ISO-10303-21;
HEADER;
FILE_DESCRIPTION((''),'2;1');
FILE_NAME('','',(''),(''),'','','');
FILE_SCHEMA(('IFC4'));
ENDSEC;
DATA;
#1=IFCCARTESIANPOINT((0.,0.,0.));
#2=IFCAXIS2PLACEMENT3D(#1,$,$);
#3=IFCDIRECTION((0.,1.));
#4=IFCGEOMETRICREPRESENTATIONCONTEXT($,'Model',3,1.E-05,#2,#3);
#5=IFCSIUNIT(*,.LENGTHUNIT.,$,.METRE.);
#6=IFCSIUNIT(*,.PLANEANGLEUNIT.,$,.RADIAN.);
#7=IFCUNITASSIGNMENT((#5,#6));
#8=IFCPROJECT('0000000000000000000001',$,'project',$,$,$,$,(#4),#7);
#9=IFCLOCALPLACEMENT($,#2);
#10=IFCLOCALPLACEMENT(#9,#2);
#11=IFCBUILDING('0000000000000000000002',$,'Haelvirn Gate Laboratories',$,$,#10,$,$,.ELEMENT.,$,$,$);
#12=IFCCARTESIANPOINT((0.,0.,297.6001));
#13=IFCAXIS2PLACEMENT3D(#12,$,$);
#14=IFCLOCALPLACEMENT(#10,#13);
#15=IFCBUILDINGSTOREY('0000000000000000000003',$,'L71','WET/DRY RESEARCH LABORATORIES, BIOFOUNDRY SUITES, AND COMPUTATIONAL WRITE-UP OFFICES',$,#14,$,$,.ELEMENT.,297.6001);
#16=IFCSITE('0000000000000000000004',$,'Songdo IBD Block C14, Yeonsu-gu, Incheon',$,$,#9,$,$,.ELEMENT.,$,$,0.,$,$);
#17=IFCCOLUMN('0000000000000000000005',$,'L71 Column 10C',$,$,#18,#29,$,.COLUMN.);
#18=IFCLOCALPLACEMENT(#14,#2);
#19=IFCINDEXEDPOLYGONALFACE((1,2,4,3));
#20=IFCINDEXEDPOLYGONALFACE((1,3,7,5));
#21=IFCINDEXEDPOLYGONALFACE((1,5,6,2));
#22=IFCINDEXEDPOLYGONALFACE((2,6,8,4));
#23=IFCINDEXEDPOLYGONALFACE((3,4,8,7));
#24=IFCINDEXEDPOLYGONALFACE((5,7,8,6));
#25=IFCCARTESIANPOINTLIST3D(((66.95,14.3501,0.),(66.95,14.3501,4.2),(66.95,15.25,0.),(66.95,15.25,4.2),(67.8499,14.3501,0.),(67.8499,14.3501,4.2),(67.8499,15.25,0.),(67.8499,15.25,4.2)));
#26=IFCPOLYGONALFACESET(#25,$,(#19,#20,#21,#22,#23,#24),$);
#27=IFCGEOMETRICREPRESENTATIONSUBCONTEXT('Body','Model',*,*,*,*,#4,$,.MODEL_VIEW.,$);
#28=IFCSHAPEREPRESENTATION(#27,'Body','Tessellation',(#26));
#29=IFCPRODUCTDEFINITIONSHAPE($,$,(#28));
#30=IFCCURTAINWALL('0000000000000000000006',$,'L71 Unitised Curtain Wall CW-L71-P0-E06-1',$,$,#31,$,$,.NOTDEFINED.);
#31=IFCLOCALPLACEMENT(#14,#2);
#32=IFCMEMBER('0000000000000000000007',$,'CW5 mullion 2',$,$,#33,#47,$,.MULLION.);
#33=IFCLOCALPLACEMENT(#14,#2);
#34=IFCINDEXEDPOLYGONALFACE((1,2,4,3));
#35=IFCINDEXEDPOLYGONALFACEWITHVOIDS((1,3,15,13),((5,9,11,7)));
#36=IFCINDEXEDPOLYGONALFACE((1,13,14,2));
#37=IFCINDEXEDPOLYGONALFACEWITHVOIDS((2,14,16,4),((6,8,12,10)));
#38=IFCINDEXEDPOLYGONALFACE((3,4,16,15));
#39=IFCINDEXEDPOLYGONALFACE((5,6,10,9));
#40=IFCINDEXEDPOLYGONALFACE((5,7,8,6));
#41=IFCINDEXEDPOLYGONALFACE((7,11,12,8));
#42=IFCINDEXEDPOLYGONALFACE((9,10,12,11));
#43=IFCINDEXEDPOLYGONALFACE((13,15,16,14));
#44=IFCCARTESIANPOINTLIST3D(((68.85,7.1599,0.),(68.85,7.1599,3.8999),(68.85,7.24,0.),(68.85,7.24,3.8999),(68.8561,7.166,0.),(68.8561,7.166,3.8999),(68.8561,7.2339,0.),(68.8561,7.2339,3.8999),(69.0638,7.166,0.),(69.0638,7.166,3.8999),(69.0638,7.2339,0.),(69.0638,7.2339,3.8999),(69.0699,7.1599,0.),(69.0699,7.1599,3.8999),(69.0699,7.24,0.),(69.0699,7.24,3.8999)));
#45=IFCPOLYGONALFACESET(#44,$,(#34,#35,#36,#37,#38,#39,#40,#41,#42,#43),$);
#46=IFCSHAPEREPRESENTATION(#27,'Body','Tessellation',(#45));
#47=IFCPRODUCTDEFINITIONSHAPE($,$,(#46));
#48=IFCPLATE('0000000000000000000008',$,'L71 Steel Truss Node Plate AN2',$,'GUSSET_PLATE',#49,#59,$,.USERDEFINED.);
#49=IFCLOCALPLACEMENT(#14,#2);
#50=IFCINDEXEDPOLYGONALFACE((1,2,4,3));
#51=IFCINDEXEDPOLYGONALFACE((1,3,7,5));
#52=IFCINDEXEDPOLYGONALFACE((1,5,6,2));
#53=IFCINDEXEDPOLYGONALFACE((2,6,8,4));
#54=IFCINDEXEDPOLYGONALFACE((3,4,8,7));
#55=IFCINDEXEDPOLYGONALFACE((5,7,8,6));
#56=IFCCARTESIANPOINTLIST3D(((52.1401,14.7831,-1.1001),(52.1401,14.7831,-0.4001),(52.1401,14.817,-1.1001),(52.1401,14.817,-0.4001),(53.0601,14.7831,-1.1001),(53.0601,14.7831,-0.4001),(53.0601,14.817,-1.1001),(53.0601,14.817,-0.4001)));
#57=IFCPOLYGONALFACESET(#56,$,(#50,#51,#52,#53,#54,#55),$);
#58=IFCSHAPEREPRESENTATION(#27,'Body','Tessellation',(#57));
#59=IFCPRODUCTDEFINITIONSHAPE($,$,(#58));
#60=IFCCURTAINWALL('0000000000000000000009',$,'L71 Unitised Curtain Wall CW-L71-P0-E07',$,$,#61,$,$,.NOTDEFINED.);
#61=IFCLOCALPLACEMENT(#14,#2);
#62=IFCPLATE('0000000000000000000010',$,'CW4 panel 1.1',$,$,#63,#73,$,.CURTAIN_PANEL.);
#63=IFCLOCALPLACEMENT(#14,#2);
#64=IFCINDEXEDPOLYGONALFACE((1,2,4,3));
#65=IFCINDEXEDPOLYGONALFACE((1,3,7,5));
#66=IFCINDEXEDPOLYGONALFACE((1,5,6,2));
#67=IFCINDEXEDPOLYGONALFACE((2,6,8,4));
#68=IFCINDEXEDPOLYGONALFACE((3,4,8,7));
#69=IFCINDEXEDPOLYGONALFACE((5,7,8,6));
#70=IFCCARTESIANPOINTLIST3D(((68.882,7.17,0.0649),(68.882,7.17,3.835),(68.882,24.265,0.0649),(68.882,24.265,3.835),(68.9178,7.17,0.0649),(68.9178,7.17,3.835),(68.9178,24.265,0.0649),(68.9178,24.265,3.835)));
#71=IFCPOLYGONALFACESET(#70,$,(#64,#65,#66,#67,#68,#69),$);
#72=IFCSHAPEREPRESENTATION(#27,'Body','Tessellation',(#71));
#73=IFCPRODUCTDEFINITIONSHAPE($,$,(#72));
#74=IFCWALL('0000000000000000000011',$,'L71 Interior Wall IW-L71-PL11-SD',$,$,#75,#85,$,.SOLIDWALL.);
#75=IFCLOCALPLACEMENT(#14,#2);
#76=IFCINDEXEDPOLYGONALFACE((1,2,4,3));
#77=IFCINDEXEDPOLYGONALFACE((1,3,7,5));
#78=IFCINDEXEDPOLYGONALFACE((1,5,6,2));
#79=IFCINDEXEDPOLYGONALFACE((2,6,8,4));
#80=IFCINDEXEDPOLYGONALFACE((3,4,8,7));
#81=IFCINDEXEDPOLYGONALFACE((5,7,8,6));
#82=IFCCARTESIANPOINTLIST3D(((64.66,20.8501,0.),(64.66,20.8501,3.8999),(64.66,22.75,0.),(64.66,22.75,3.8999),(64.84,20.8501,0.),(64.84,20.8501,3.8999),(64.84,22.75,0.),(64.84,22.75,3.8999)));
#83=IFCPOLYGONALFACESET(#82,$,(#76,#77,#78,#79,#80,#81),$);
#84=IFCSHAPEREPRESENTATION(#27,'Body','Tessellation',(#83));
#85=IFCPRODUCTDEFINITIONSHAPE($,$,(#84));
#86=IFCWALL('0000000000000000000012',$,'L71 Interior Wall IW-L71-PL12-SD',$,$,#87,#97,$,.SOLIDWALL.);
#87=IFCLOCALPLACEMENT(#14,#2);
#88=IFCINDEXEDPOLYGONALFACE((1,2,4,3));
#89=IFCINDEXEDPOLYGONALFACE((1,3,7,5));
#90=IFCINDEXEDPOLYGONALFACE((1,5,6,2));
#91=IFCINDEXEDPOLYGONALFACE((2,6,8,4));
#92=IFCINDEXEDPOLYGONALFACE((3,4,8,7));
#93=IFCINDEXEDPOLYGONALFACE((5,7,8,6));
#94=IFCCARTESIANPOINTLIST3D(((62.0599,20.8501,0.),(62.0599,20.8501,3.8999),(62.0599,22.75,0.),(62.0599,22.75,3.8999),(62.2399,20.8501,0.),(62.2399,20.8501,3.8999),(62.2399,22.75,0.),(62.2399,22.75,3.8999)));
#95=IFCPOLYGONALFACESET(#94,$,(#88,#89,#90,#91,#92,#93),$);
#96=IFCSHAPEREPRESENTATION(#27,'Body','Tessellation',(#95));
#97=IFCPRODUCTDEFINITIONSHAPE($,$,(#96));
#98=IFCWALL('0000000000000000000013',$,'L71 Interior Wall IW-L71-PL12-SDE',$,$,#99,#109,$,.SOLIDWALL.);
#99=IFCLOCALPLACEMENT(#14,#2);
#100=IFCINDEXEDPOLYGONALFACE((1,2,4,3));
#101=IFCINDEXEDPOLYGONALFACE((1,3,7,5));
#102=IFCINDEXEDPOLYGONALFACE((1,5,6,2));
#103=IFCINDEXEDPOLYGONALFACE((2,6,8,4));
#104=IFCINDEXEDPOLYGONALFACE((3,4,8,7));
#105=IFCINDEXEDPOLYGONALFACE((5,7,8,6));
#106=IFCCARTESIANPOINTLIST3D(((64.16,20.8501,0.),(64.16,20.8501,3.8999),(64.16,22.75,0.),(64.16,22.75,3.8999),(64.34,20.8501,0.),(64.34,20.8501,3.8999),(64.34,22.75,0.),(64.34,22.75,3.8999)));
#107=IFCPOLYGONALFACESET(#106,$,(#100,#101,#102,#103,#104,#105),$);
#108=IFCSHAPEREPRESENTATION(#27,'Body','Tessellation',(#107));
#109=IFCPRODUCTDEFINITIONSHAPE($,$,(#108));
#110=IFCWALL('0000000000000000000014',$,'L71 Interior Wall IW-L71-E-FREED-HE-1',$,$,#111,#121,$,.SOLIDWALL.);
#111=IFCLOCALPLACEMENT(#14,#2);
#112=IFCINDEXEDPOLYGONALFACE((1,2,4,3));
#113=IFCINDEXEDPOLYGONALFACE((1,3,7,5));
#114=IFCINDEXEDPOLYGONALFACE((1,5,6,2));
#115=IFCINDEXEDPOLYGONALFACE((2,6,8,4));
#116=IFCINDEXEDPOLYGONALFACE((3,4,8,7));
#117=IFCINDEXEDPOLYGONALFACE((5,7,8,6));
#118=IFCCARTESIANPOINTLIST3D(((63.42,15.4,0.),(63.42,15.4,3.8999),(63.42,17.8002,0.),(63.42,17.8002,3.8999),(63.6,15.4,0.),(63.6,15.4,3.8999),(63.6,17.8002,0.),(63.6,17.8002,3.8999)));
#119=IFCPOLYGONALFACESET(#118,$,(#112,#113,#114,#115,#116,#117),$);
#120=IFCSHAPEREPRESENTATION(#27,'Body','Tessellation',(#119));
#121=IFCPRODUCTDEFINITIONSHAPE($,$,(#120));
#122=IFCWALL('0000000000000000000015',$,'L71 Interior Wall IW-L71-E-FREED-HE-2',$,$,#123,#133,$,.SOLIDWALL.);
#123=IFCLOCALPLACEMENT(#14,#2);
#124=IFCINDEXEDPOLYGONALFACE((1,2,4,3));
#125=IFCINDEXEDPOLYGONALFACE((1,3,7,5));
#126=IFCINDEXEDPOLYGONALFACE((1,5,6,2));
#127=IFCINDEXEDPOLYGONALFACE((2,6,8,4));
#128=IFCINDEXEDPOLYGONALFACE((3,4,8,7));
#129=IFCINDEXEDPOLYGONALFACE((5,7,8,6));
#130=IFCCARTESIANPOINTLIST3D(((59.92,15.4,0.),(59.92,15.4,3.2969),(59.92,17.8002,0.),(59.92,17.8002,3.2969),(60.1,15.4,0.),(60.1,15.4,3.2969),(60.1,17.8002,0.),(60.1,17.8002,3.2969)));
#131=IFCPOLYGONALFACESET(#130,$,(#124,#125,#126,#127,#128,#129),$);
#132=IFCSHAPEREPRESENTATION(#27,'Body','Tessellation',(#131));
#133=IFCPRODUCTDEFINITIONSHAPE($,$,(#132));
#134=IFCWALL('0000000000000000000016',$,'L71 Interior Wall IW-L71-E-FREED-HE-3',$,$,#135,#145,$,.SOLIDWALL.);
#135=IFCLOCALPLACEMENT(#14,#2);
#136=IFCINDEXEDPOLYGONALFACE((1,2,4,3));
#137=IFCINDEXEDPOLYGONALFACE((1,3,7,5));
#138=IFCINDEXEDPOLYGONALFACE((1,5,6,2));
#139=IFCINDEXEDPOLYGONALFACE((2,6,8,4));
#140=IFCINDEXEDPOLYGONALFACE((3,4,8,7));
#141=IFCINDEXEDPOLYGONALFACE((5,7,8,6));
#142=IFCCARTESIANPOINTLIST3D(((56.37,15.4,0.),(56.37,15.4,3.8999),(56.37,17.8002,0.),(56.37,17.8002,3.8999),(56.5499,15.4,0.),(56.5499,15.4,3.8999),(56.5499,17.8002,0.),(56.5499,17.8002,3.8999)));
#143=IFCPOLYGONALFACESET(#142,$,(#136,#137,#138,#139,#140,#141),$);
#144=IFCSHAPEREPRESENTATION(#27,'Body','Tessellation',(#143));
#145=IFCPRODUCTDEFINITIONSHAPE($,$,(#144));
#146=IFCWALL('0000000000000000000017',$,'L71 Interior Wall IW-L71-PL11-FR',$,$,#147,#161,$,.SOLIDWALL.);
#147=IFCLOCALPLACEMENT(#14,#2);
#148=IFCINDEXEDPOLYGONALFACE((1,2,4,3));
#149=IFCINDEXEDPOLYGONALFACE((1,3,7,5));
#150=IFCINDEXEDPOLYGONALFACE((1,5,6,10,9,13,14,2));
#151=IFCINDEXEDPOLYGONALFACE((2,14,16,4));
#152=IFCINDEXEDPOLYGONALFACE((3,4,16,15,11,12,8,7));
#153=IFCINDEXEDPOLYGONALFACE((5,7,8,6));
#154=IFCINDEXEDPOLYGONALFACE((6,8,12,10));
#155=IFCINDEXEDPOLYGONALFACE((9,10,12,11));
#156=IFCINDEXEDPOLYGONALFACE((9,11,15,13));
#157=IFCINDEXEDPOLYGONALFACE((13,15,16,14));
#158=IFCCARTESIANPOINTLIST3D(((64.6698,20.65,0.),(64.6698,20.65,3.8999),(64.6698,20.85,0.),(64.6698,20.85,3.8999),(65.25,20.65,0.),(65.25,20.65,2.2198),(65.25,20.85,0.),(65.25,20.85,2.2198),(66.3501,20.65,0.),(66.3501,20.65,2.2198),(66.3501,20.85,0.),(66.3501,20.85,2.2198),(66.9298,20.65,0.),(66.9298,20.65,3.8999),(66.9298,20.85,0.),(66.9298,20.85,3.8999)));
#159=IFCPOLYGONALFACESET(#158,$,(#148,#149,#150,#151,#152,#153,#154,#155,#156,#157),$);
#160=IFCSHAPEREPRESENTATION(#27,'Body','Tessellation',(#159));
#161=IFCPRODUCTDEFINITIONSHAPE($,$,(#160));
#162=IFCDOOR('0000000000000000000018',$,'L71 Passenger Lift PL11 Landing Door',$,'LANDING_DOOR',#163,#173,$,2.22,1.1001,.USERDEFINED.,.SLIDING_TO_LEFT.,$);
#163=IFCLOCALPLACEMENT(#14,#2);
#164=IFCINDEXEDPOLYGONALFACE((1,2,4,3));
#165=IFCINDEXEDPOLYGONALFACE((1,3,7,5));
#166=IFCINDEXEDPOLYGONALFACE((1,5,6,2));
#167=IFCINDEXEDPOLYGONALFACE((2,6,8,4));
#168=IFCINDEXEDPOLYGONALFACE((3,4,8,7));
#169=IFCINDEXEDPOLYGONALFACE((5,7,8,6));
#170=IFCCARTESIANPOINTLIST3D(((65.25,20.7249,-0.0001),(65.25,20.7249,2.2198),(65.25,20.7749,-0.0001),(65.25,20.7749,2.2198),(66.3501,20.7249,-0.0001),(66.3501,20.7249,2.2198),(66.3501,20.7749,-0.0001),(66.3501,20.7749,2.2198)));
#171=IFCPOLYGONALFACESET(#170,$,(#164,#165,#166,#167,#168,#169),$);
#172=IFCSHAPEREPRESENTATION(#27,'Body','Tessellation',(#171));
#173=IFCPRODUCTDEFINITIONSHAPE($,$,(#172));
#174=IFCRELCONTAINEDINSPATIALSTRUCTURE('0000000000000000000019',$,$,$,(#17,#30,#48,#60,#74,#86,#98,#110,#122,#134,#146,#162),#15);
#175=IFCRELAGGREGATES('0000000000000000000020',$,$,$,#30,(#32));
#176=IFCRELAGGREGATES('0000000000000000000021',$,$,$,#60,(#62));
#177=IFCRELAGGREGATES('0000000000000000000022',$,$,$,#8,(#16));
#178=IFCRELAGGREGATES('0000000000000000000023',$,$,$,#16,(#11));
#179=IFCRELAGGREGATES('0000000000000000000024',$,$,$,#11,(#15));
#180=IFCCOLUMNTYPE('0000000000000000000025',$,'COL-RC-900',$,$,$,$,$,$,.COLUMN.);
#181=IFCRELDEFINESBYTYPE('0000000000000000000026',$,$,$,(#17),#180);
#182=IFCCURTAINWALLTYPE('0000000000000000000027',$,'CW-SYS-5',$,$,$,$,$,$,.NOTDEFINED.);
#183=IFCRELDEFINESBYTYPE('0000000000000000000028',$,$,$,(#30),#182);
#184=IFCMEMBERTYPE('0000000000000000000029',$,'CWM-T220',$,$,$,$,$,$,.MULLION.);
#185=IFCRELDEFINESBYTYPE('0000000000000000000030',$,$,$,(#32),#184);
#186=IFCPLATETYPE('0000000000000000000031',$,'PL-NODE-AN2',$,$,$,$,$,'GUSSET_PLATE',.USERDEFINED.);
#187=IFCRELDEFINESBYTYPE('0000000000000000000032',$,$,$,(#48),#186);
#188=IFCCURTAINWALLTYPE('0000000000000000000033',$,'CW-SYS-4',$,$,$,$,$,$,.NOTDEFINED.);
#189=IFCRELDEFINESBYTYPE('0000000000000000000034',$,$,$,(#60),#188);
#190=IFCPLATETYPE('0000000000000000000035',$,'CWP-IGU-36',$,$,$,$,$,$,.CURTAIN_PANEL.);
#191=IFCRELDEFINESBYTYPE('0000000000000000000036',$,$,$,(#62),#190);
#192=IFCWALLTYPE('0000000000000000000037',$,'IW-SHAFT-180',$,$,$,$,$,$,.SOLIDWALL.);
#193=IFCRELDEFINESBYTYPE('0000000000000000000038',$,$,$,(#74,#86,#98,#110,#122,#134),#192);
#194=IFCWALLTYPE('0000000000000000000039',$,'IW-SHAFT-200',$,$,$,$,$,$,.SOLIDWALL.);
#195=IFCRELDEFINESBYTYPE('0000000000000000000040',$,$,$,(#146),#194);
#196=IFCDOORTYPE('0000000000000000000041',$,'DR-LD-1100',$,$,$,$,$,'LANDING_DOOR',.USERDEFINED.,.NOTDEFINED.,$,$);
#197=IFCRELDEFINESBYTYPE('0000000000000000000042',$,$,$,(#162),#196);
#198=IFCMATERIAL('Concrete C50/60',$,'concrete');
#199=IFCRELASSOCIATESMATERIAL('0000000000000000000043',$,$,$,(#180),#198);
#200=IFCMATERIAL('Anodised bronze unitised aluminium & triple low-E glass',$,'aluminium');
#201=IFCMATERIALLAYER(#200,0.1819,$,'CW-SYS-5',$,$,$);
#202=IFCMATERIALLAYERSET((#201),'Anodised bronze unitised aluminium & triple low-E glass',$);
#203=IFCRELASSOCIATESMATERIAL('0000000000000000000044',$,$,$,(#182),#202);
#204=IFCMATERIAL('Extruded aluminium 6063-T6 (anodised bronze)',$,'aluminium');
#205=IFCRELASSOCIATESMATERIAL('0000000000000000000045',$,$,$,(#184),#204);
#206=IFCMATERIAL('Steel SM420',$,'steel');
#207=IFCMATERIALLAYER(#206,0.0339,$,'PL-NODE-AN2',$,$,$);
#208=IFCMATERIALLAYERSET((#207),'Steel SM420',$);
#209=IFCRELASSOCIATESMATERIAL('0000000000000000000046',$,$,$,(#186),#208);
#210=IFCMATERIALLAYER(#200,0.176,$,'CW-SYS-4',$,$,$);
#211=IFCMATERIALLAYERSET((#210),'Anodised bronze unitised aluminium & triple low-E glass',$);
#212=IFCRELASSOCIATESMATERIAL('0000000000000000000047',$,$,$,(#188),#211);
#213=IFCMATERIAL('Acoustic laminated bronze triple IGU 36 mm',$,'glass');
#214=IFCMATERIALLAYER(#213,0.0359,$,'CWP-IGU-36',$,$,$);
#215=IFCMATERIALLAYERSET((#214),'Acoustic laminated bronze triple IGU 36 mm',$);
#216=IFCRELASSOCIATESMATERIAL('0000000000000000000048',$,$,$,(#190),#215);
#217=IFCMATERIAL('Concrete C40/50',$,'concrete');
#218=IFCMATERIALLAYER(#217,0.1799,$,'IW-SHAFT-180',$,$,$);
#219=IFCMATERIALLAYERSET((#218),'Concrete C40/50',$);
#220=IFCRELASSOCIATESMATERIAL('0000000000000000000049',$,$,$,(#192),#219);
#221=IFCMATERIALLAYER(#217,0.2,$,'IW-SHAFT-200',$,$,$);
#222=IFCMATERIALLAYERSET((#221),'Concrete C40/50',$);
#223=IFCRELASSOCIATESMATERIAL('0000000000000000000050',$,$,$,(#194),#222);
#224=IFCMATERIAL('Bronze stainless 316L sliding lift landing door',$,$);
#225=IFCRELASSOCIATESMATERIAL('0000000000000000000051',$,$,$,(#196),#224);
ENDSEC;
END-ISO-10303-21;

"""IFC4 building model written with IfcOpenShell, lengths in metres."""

from ifc_helpers import new_model, si_unit, direction, frame, frame_2d, origin, origin_2d, place, context, subcontext, project, spatial, rectangle, hollow_rectangle, extrude, source, transform, mapped, material, layer, layer_set, material_profile, profile_set, type_object, type_shapes, element, fill, aggregate, save


model = new_model("IFC4")

# Units and contexts
model_context = context("Model", 3, precision=1e-05, world=origin(), true_north=direction((0.0, 1.0)))
body_context = subcontext(model_context, "Body", "Model", "MODEL_VIEW")
ifc_project = project(units=[si_unit("LENGTHUNIT", "METRE"), si_unit("PLANEANGLEUNIT", "RADIAN")], contexts=[model_context])

# Site, building, storey
site_placement = place(None, origin())
site = spatial("IfcSite", under=ifc_project, at=site_placement, Name="Songdo IBD Block C14, Yeonsu-gu, Incheon", CompositionType="ELEMENT", RefElevation=0.0)
building_placement = place(site_placement, origin())
building = spatial("IfcBuilding", under=site, at=building_placement, Name="Haelvirn Gate Laboratories", CompositionType="ELEMENT")
storey_placement = place(building_placement, frame((0.0, 0.0, 297.6001)))
storey = spatial("IfcBuildingStorey", under=building, at=storey_placement, Name="L71", Description="WET/DRY RESEARCH LABORATORIES, BIOFOUNDRY SUITES, AND COMPUTATIONAL WRITE-UP OFFICES", CompositionType="ELEMENT", Elevation=297.6001)

# Column
ifc_material_1 = material(Name="Concrete C50/60", Category="concrete")
ifc_material_profile_1 = material_profile(ifc_material_1, rectangle(XDim=0.8999, YDim=0.8999, at=origin_2d()), Name="RC-900x900")
ifc_profile_set_1 = profile_set([ifc_material_profile_1], Name="Concrete C50/60")
column_type = type_object("IfcColumnType", Name="COL-RC-900", PredefinedType="COLUMN", material=ifc_profile_set_1)
shared_shape_1 = source(origin(), body_context, "Body", "SweptSolid", [
    extrude(rectangle(XDim=0.8999, YDim=0.8999, at=origin_2d()), origin(), (0.0, 0.0, 1.0), 4.2),
])
type_shapes(column_type, [shared_shape_1])
column_placement = place(storey_placement, frame((67.3999, 14.8, 0.0), z_axis=(0.0, 0.0, 1.0), x_axis=(1.0, 0.0, 0.0)))
element("IfcColumn", 1, at=column_placement, inside=storey, type_object=column_type, Name="L71 Column 10C", PredefinedType="COLUMN", context=body_context, shape_type="MappedRepresentation", body=[
    mapped(shared_shape_1, transform((0.0, 0.0, 0.0), scale=1.0)),
])

# Curtain wall, member
ifc_material_2 = material(Name="Anodised bronze unitised aluminium & triple low-E glass", Category="aluminium")
ifc_layer_1 = layer(ifc_material_2, 0.1819, Name="CW-SYS-5")
ifc_layer_set_1 = layer_set([ifc_layer_1], Name="Anodised bronze unitised aluminium & triple low-E glass")
curtain_wall_type_1 = type_object("IfcCurtainWallType", Name="CW-SYS-5", PredefinedType="NOTDEFINED", material=ifc_layer_set_1)
curtain_wall_1_placement = place(storey_placement, origin())
curtain_wall_1 = element("IfcCurtainWall", 2, at=curtain_wall_1_placement, inside=storey, type_object=curtain_wall_type_1, Name="L71 Unitised Curtain Wall CW-L71-P0-E06-1", PredefinedType="NOTDEFINED")
ifc_material_3 = material(Name="Extruded aluminium 6063-T6 (anodised bronze)", Category="aluminium")
ifc_material_profile_2 = material_profile(ifc_material_3, hollow_rectangle(XDim=0.0801, YDim=0.22, WallThickness=0.0061, at=origin_2d()), Name="CWM-220x80x6")
ifc_profile_set_2 = profile_set([ifc_material_profile_2], Name="Extruded aluminium 6063-T6 (anodised bronze)")
member_type = type_object("IfcMemberType", Name="CWM-T220", PredefinedType="MULLION", material=ifc_profile_set_2)
shared_shape_2 = source(origin(), body_context, "Body", "SweptSolid", [
    extrude(hollow_rectangle(XDim=0.0801, YDim=0.22, WallThickness=0.0061, at=origin_2d()), origin(), (0.0, 0.0, 1.0), 3.8999),
])
type_shapes(member_type, [shared_shape_2])
member_placement = place(storey_placement, frame((68.96, 7.2, 0.0), z_axis=(0.0, 0.0, 1.0), x_axis=(0.0, 1.0, 0.0)))
member = element("IfcMember", 3, at=member_placement, type_object=member_type, Name="CW5 mullion 2", PredefinedType="MULLION", context=body_context, shape_type="MappedRepresentation", body=[
    mapped(shared_shape_2, transform((0.0, 0.0, 0.0), scale=1.0)),
])
aggregate(curtain_wall_1, [member])

# Plate
ifc_material_4 = material(Name="Steel SM420", Category="steel")
ifc_layer_2 = layer(ifc_material_4, 0.0339, Name="PL-NODE-AN2")
ifc_layer_set_2 = layer_set([ifc_layer_2], Name="Steel SM420")
plate_type_1 = type_object("IfcPlateType", Name="PL-NODE-AN2", ElementType="GUSSET_PLATE", PredefinedType="USERDEFINED", material=ifc_layer_set_2)
shared_shape_3 = source(origin(), body_context, "Body", "SweptSolid", [
    extrude(rectangle(XDim=0.9199, YDim=0.0339, at=origin_2d()), origin(), (0.0, 0.0, 1.0), 0.7),
])
type_shapes(plate_type_1, [shared_shape_3])
plate_1_placement = place(storey_placement, frame((52.6001, 14.8, -1.1001), z_axis=(0.0, 0.0, 1.0), x_axis=(1.0, 0.0, 0.0)))
element("IfcPlate", 4, at=plate_1_placement, inside=storey, type_object=plate_type_1, Name="L71 Steel Truss Node Plate AN2", ObjectType="GUSSET_PLATE", PredefinedType="USERDEFINED", context=body_context, shape_type="MappedRepresentation", body=[
    mapped(shared_shape_3, transform((0.0, 0.0, 0.0), scale=1.0)),
])

# Curtain wall, plate
ifc_layer_3 = layer(ifc_material_2, 0.176, Name="CW-SYS-4")
ifc_layer_set_3 = layer_set([ifc_layer_3], Name="Anodised bronze unitised aluminium & triple low-E glass")
curtain_wall_type_2 = type_object("IfcCurtainWallType", Name="CW-SYS-4", PredefinedType="NOTDEFINED", material=ifc_layer_set_3)
curtain_wall_2_placement = place(storey_placement, origin())
curtain_wall_2 = element("IfcCurtainWall", 5, at=curtain_wall_2_placement, inside=storey, type_object=curtain_wall_type_2, Name="L71 Unitised Curtain Wall CW-L71-P0-E07", PredefinedType="NOTDEFINED")
ifc_material_5 = material(Name="Acoustic laminated bronze triple IGU 36 mm", Category="glass")
ifc_layer_4 = layer(ifc_material_5, 0.0359, Name="CWP-IGU-36")
ifc_layer_set_4 = layer_set([ifc_layer_4], Name="Acoustic laminated bronze triple IGU 36 mm")
plate_type_2 = type_object("IfcPlateType", Name="CWP-IGU-36", PredefinedType="CURTAIN_PANEL", material=ifc_layer_set_4)
shared_shape_4 = source(origin(), body_context, "Body", "SweptSolid", [
    extrude(rectangle(XDim=17.095, YDim=0.0359, at=origin_2d()), origin(), (0.0, 0.0, 1.0), 3.77),
])
type_shapes(plate_type_2, [shared_shape_4])
plate_2_placement = place(storey_placement, frame((68.8999, 15.7175, 0.0649), z_axis=(0.0, 0.0, 1.0), x_axis=(0.0, 1.0, 0.0)))
plate_2 = element("IfcPlate", 6, at=plate_2_placement, type_object=plate_type_2, Name="CW4 panel 1.1", PredefinedType="CURTAIN_PANEL", context=body_context, shape_type="MappedRepresentation", body=[
    mapped(shared_shape_4, transform((0.0, 0.0, 0.0), scale=1.0)),
])
aggregate(curtain_wall_2, [plate_2])

# Walls
ifc_material_6 = material(Name="Concrete C40/50", Category="concrete")
ifc_layer_5 = layer(ifc_material_6, 0.1799, Name="IW-SHAFT-180")
ifc_layer_set_5 = layer_set([ifc_layer_5], Name="Concrete C40/50")
wall_type_1 = type_object("IfcWallType", Name="IW-SHAFT-180", PredefinedType="SOLIDWALL", material=ifc_layer_set_5)
for number, where, z_axis, x_axis, name in (
    (7, (64.75, 20.8501, 0.0), (0.0, 0.0, 1.0), (0.0, 1.0, 0.0), "L71 Interior Wall IW-L71-PL11-SD"),
    (8, (62.1499, 20.8501, 0.0), (0.0, 0.0, 1.0), (0.0, 1.0, 0.0), "L71 Interior Wall IW-L71-PL12-SD"),
    (9, (64.25, 20.8501, 0.0), (0.0, 0.0, 1.0), (0.0, 1.0, 0.0), "L71 Interior Wall IW-L71-PL12-SDE"),
):
    element("IfcWall", number, at=place(storey_placement, frame(where, z_axis=z_axis, x_axis=x_axis)), inside=storey, type_object=wall_type_1, Name=name, PredefinedType="SOLIDWALL", context=body_context, shape_type="SweptSolid", body=[
        extrude(rectangle(XDim=1.8999, YDim=0.1799, at=frame_2d((0.95, 0.0))), origin(), (0.0, 0.0, 1.0), 3.8999),
    ])

# Wall
wall_1_placement = place(storey_placement, frame((63.51, 15.3999, 0.0), z_axis=(0.0, 0.0, 1.0), x_axis=(0.0, 1.0, 0.0)))
element("IfcWall", 10, at=wall_1_placement, inside=storey, type_object=wall_type_1, Name="L71 Interior Wall IW-L71-E-FREED-HE-1", PredefinedType="SOLIDWALL", context=body_context, shape_type="SweptSolid", body=[
    extrude(rectangle(XDim=2.4001, YDim=0.1799, at=frame_2d((1.2002, 0.0))), origin(), (0.0, 0.0, 1.0), 3.8999),
])

# Wall
wall_2_placement = place(storey_placement, frame((60.01, 15.3999, 0.0), z_axis=(0.0, 0.0, 1.0), x_axis=(0.0, 1.0, 0.0)))
element("IfcWall", 11, at=wall_2_placement, inside=storey, type_object=wall_type_1, Name="L71 Interior Wall IW-L71-E-FREED-HE-2", PredefinedType="SOLIDWALL", context=body_context, shape_type="SweptSolid", body=[
    extrude(rectangle(XDim=2.4001, YDim=0.1799, at=frame_2d((1.2002, 0.0))), origin(), (0.0, 0.0, 1.0), 3.2969),
])

# Wall
wall_3_placement = place(storey_placement, frame((56.46, 15.3999, 0.0), z_axis=(0.0, 0.0, 1.0), x_axis=(0.0, 1.0, 0.0)))
element("IfcWall", 12, at=wall_3_placement, inside=storey, type_object=wall_type_1, Name="L71 Interior Wall IW-L71-E-FREED-HE-3", PredefinedType="SOLIDWALL", context=body_context, shape_type="SweptSolid", body=[
    extrude(rectangle(XDim=2.4001, YDim=0.1799, at=frame_2d((1.2002, 0.0))), origin(), (0.0, 0.0, 1.0), 3.8999),
])

# Wall, opening, door
ifc_layer_6 = layer(ifc_material_6, 0.2, Name="IW-SHAFT-200")
ifc_layer_set_6 = layer_set([ifc_layer_6], Name="Concrete C40/50")
wall_type_2 = type_object("IfcWallType", Name="IW-SHAFT-200", PredefinedType="SOLIDWALL", material=ifc_layer_set_6)
wall_4_placement = place(storey_placement, frame((64.6699, 20.75, 0.0), z_axis=(0.0, 0.0, 1.0), x_axis=(1.0, 0.0, 0.0)))
wall_4 = element("IfcWall", 13, at=wall_4_placement, inside=storey, type_object=wall_type_2, Name="L71 Interior Wall IW-L71-PL11-FR", PredefinedType="SOLIDWALL", context=body_context, shape_type="SweptSolid", body=[
    extrude(rectangle(XDim=2.26, YDim=0.2, at=frame_2d((1.1299, 0.0))), origin(), (0.0, 0.0, 1.0), 3.8999),
])
opening_1_placement = place(wall_4_placement, frame((0.5801, 0.0, 0.0)))
opening_1 = element("IfcOpeningElement", 14, at=opening_1_placement, cuts=wall_4, PredefinedType="OPENING", context=body_context, shape_type="SweptSolid", body=[
    extrude(rectangle(XDim=1.1001, YDim=2.22, at=frame_2d((0.55, 1.1099))), frame((0.0, 0.1099, 0.0), z_axis=(0.0, -1.0, 0.0), x_axis=(1.0, 0.0, 0.0)), (0.0, 0.0, 1.0), 0.22),
])
ifc_material_7 = material(Name="Bronze stainless 316L sliding lift landing door")
door_type_1 = type_object("IfcDoorType", Name="DR-LD-1100", ElementType="LANDING_DOOR", OperationType="NOTDEFINED", PredefinedType="USERDEFINED", material=ifc_material_7)
shared_shape_5 = source(origin(), body_context, "Body", "SweptSolid", [
    extrude(rectangle(XDim=1.1001, YDim=2.22, at=frame_2d((0.55, 1.1099))), frame((0.0, 0.0249, 0.0), z_axis=(0.0, -1.0, 0.0), x_axis=(1.0, 0.0, 0.0)), (0.0, 0.0, 1.0), 0.05),
])
type_shapes(door_type_1, [shared_shape_5])
door_1_placement = place(opening_1_placement, origin())
door_1 = element("IfcDoor", 15, at=door_1_placement, inside=storey, type_object=door_type_1, Name="L71 Passenger Lift PL11 Landing Door", ObjectType="LANDING_DOOR", OperationType="SLIDING_TO_LEFT", OverallHeight=2.22, OverallWidth=1.1001, PredefinedType="USERDEFINED", context=body_context, shape_type="MappedRepresentation", body=[
    mapped(shared_shape_5, transform((0.0, 0.0, 0.0), scale=1.0)),
])
fill(opening_1, door_1)

save(model, "model.ifc")
